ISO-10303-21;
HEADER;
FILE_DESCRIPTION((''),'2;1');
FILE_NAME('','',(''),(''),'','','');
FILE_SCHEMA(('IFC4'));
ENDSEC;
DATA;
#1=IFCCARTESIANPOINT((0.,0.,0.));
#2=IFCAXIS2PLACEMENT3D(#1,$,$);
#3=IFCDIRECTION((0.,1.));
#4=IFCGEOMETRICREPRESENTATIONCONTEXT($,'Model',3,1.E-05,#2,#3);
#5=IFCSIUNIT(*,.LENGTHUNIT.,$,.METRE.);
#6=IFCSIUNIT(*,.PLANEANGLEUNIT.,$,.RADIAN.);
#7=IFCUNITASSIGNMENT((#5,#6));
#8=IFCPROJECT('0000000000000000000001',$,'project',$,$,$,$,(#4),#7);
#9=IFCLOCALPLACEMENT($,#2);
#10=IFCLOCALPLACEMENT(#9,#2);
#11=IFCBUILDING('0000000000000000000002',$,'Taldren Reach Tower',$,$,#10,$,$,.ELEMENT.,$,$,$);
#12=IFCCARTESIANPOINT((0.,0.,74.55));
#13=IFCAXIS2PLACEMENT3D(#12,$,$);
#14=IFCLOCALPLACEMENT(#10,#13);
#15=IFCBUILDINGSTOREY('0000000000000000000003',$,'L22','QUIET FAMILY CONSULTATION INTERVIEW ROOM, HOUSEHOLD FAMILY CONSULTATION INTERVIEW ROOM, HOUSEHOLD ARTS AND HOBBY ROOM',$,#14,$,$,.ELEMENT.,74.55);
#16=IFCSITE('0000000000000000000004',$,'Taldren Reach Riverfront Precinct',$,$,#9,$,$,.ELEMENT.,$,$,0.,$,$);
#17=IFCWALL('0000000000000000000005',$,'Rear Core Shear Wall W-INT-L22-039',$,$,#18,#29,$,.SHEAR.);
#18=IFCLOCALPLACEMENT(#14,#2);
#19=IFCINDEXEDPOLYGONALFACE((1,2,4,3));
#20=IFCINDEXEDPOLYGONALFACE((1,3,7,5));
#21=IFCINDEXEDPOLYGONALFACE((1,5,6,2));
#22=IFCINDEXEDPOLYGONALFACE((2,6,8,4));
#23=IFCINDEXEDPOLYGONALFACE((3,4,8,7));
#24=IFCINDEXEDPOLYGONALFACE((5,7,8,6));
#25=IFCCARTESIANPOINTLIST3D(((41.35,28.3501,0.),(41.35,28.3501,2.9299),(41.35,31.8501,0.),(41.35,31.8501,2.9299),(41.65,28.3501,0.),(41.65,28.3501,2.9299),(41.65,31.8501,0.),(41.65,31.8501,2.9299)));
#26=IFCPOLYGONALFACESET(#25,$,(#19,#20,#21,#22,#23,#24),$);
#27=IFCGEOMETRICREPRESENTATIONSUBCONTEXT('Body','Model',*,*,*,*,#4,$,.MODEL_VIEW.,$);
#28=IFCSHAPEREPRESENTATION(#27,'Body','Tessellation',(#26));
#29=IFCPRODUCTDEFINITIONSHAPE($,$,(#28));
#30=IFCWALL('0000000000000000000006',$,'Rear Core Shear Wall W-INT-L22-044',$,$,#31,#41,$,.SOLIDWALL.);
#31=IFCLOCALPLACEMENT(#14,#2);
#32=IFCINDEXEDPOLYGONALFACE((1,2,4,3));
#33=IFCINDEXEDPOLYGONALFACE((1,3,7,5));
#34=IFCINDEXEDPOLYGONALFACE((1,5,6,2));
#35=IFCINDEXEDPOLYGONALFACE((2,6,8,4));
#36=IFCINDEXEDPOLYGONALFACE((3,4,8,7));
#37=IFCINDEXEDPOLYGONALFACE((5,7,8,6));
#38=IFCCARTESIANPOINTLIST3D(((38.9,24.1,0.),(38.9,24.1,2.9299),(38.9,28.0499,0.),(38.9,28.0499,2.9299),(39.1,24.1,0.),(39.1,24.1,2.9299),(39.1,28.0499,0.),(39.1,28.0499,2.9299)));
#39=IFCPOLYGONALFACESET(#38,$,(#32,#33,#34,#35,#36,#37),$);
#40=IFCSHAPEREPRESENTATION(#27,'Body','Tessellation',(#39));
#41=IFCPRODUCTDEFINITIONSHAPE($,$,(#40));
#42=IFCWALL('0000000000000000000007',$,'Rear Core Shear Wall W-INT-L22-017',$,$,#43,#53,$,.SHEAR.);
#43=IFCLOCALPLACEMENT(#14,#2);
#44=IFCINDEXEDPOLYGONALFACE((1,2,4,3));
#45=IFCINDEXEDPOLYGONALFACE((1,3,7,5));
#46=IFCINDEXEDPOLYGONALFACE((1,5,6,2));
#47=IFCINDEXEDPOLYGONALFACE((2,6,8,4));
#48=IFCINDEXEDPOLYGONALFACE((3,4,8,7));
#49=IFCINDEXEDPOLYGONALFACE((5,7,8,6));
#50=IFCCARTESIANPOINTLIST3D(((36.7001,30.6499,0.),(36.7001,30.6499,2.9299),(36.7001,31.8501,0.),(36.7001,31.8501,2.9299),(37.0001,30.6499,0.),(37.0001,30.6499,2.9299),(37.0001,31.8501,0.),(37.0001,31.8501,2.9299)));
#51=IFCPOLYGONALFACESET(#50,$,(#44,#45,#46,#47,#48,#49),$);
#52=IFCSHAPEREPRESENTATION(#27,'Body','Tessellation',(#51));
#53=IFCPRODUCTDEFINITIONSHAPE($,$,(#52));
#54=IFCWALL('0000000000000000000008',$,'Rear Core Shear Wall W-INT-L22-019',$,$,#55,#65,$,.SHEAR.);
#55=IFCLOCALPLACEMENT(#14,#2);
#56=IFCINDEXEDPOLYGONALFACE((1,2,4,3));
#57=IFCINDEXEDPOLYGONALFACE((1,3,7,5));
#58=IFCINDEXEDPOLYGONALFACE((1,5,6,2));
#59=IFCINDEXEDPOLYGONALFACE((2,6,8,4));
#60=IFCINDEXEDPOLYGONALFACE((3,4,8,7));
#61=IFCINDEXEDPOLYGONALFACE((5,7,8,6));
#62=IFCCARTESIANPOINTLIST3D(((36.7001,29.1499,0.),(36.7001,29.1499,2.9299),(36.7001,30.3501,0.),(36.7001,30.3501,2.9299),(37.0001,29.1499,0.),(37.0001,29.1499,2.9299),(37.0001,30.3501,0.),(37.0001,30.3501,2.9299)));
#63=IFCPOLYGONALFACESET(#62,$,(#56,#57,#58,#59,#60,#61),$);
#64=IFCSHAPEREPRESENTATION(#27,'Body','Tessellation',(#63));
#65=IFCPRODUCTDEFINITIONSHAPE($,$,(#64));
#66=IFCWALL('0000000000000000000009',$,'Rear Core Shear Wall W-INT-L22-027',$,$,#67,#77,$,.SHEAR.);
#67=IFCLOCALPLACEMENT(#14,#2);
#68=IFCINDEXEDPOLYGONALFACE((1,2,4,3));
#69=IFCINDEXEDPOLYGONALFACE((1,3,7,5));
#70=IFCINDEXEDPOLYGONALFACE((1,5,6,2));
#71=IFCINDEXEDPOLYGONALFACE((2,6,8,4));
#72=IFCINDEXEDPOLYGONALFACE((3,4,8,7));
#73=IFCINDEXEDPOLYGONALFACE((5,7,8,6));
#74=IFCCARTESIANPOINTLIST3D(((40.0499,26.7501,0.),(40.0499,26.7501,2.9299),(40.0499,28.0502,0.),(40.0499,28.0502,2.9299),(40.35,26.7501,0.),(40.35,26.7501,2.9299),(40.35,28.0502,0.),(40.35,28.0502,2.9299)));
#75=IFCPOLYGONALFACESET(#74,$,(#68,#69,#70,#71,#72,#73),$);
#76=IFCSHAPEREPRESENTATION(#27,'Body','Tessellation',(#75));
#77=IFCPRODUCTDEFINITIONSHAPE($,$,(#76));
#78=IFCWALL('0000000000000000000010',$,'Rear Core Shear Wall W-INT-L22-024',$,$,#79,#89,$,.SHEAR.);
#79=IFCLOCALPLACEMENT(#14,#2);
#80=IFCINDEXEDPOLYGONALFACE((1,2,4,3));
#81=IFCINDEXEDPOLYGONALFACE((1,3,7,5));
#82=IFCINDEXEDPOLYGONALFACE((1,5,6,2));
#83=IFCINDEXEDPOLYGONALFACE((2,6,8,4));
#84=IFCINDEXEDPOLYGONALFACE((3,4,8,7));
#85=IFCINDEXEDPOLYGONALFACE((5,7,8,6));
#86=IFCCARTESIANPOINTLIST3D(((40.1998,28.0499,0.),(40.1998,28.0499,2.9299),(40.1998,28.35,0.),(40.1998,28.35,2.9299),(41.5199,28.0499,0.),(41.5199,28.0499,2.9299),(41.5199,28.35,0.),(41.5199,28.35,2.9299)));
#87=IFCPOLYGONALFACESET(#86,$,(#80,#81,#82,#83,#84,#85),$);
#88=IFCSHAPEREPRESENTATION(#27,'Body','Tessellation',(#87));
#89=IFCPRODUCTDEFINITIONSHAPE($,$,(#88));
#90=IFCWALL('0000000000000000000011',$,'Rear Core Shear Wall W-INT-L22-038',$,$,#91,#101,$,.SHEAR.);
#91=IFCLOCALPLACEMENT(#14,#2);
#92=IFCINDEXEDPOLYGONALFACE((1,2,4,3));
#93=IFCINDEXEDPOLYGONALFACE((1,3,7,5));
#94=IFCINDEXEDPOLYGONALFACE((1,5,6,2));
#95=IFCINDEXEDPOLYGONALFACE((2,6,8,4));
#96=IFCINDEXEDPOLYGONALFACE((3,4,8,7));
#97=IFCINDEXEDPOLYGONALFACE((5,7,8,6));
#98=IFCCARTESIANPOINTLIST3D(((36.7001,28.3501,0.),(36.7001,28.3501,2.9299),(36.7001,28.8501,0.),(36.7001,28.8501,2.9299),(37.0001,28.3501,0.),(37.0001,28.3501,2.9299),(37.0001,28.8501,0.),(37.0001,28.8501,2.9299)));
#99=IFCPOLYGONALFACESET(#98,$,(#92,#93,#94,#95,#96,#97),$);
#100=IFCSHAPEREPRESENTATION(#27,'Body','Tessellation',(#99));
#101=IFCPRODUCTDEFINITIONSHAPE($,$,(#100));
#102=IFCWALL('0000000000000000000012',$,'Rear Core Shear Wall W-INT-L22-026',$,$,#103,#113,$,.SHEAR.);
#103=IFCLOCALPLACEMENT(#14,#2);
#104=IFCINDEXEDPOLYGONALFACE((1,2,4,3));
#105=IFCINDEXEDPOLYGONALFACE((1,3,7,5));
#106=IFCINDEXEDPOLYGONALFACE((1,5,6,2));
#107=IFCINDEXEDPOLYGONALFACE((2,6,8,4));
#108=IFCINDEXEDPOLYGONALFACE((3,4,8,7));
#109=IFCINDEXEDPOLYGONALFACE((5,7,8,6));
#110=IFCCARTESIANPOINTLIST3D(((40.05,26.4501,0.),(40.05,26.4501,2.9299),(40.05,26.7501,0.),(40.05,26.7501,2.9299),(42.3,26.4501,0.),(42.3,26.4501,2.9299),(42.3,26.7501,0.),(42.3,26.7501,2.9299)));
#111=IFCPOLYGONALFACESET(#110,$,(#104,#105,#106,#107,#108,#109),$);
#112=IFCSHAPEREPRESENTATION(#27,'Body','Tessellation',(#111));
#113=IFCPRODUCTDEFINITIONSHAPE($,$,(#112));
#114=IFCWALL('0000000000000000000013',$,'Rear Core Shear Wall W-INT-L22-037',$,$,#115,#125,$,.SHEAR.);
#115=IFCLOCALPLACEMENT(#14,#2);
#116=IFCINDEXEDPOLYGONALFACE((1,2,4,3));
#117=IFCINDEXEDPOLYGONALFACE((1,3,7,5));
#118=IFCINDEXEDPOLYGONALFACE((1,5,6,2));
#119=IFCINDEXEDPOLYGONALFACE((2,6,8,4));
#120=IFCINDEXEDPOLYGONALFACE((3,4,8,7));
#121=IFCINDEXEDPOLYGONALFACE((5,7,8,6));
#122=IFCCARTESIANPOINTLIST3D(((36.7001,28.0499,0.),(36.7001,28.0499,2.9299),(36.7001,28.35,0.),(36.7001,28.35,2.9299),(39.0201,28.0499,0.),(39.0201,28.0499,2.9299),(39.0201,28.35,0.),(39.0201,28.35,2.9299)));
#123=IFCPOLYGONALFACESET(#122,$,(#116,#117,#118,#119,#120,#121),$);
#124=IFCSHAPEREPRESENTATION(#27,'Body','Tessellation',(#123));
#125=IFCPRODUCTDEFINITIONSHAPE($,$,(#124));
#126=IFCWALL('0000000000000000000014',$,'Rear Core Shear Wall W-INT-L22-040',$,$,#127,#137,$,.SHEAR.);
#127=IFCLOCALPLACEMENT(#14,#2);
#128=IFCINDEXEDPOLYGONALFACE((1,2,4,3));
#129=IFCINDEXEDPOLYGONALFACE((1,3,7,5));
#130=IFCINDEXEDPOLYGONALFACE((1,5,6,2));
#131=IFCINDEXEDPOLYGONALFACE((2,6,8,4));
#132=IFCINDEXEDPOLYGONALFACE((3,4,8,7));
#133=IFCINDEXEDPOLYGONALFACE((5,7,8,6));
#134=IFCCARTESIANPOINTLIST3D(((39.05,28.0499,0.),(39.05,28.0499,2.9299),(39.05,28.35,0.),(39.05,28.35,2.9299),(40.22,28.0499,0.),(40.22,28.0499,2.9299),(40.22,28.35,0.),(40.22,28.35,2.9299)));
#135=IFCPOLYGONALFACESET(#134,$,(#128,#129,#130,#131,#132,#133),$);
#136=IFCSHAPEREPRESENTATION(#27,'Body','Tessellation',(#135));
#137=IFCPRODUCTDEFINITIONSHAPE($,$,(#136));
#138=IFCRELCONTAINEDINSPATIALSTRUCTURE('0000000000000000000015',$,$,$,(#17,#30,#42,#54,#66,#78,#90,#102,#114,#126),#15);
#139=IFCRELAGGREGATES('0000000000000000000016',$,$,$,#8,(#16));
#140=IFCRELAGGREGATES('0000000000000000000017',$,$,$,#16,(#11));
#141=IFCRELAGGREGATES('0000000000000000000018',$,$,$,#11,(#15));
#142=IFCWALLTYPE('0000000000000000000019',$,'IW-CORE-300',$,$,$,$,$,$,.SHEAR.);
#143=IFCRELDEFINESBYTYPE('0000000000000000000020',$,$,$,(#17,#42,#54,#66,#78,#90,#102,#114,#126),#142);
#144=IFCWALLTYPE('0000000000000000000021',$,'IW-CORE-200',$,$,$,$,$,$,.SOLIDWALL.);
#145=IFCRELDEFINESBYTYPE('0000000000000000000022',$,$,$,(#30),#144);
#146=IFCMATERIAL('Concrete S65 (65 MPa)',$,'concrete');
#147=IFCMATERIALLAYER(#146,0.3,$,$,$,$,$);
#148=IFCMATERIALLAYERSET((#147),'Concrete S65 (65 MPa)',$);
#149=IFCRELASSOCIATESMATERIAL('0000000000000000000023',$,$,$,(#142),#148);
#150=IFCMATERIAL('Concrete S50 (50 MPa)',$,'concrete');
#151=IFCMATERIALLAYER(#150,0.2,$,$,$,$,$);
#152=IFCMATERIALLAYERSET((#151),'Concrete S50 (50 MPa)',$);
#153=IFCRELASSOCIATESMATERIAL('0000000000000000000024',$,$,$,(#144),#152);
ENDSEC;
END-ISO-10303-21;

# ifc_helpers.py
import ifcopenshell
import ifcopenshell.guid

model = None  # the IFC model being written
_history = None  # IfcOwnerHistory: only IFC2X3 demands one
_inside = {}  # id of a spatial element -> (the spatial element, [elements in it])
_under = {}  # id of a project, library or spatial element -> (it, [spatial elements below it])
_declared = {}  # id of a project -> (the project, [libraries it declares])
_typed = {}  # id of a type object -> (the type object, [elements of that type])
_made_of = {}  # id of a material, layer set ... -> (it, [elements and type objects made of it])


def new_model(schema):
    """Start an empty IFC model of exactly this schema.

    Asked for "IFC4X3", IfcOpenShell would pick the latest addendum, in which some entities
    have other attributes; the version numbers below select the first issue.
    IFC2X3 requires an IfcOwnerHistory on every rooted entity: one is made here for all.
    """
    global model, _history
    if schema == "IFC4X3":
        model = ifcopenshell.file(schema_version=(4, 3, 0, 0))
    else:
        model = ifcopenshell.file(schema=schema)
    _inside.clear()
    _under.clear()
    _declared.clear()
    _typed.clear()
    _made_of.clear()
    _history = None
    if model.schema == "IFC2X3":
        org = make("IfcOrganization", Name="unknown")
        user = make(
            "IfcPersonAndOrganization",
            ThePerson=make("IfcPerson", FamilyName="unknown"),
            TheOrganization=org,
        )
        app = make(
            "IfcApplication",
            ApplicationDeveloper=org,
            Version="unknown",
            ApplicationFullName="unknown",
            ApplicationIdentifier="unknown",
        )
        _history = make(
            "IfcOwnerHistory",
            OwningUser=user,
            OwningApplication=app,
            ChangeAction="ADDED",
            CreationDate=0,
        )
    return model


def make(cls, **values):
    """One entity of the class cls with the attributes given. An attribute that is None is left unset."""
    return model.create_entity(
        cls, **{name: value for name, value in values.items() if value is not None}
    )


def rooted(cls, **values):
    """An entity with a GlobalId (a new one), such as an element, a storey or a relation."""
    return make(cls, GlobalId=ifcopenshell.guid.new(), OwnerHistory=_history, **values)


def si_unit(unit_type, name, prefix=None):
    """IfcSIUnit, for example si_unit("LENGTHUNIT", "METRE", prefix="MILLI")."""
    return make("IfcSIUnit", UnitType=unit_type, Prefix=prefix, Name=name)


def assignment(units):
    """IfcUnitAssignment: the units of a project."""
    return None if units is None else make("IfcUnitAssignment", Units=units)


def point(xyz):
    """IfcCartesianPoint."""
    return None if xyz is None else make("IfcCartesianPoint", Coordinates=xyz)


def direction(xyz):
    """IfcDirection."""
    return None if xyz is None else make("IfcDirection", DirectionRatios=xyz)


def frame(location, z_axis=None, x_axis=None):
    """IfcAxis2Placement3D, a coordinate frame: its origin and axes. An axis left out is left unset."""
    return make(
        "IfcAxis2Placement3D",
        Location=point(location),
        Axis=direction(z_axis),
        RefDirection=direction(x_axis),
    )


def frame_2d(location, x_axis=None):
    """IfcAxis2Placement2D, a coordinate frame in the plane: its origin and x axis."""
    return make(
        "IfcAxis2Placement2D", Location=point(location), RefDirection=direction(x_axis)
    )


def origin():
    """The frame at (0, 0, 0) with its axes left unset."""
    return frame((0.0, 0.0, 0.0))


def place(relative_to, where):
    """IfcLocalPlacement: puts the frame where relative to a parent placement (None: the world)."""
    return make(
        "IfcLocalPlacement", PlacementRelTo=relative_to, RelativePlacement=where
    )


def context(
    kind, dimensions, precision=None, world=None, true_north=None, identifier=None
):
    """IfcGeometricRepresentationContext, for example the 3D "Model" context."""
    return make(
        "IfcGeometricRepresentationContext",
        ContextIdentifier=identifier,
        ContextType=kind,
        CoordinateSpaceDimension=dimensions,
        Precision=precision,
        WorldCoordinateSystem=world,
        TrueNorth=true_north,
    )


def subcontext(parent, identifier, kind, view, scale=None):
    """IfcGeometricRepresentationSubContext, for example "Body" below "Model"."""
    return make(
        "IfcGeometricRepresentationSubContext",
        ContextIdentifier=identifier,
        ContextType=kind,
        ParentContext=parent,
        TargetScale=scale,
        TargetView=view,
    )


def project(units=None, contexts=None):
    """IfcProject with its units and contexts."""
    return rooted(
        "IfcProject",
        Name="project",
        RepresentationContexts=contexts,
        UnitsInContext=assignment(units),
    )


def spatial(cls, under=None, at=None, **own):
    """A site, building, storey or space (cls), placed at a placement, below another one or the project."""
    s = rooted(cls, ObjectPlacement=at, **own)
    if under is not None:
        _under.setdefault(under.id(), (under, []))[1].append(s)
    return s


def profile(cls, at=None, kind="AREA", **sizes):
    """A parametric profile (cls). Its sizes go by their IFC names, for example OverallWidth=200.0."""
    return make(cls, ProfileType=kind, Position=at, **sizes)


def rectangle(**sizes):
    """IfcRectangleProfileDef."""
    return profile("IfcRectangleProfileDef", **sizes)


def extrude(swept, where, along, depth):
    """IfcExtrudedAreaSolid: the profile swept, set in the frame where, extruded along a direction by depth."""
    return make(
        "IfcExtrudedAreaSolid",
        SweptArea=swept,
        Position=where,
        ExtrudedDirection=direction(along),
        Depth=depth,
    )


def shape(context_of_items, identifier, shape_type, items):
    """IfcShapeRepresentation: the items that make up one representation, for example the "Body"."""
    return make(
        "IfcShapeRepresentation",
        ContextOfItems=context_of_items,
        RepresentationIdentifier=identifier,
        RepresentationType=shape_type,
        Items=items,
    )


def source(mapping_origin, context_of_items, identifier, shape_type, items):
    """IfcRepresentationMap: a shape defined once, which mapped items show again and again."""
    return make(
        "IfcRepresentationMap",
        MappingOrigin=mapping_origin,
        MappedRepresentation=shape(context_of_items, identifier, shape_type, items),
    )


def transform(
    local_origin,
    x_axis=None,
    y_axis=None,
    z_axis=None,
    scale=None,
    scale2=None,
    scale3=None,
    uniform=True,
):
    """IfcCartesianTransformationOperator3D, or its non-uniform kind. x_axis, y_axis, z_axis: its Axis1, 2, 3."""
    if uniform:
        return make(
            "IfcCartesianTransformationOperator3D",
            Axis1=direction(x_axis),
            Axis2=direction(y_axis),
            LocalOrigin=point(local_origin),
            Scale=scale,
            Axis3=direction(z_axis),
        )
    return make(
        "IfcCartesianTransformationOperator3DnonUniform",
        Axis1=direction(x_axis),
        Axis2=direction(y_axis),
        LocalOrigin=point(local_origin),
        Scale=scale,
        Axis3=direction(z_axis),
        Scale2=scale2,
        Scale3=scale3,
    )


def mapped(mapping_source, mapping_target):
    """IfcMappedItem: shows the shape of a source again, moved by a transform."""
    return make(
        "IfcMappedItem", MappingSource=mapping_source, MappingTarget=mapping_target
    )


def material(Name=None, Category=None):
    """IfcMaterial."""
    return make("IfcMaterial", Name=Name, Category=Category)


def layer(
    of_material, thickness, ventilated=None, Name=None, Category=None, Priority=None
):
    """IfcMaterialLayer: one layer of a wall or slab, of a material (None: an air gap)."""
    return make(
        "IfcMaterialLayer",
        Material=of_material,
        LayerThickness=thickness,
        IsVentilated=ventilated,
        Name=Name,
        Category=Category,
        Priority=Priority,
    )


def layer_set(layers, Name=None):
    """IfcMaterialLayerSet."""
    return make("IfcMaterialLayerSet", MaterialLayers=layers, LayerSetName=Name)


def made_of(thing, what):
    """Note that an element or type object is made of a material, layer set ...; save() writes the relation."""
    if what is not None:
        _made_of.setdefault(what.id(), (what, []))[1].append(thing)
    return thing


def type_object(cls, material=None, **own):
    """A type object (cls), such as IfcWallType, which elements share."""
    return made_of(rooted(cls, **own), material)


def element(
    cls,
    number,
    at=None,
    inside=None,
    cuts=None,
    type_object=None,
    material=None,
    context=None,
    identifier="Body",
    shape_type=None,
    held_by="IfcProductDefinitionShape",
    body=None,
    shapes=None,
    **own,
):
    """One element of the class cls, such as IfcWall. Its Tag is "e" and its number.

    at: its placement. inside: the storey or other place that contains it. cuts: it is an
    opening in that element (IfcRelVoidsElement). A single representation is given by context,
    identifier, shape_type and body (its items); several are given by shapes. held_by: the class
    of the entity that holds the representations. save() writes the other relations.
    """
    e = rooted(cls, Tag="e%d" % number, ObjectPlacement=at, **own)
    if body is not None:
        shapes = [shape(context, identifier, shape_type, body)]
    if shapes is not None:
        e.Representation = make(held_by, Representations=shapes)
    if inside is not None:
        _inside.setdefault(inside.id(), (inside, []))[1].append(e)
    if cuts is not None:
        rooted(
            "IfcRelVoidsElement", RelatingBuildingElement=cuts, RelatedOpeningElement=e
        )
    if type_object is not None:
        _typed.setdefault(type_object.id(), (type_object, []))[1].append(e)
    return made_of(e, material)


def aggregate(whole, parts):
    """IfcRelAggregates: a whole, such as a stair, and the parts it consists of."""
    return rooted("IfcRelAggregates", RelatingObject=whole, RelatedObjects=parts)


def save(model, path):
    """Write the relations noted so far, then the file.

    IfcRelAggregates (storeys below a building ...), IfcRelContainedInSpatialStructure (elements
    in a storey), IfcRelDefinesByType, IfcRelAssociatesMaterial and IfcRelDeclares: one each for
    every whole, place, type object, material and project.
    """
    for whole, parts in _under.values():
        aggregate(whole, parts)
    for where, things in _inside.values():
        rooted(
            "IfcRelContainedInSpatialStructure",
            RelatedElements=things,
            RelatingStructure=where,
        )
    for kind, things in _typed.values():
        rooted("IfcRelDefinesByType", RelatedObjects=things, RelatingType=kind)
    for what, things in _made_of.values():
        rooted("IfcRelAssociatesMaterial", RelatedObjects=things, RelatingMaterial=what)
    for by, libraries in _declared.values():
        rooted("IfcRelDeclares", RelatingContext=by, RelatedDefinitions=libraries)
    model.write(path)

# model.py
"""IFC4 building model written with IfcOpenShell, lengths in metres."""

from ifc_helpers import new_model, si_unit, direction, frame, frame_2d, origin, place, context, subcontext, project, spatial, rectangle, extrude, source, transform, mapped, material, layer, layer_set, type_object, element, save


model = new_model("IFC4")

# Units and contexts
model_context = context("Model", 3, precision=1e-05, world=origin(), true_north=direction((0.0, 1.0)))
body_context = subcontext(model_context, "Body", "Model", "MODEL_VIEW")
ifc_project = project(units=[si_unit("LENGTHUNIT", "METRE"), si_unit("PLANEANGLEUNIT", "RADIAN")], contexts=[model_context])

# Site, building, storey
site_placement = place(None, origin())
site = spatial("IfcSite", under=ifc_project, at=site_placement, Name="Taldren Reach Riverfront Precinct", CompositionType="ELEMENT", RefElevation=0.0)
building_placement = place(site_placement, origin())
building = spatial("IfcBuilding", under=site, at=building_placement, Name="Taldren Reach Tower", CompositionType="ELEMENT")
storey_placement = place(building_placement, frame((0.0, 0.0, 74.55)))
storey = spatial("IfcBuildingStorey", under=building, at=storey_placement, Name="L22", Description="QUIET FAMILY CONSULTATION INTERVIEW ROOM, HOUSEHOLD FAMILY CONSULTATION INTERVIEW ROOM, HOUSEHOLD ARTS AND HOBBY ROOM", CompositionType="ELEMENT", Elevation=74.55)

# Shared definitions
ifc_material_1 = material(Name="Concrete S65 (65 MPa)", Category="concrete")

# Walls
ifc_layer_1 = layer(ifc_material_1, 0.3)
ifc_layer_set_1 = layer_set([ifc_layer_1], Name="Concrete S65 (65 MPa)")
wall_type_1 = type_object("IfcWallType", Name="IW-CORE-300", PredefinedType="SHEAR", material=ifc_layer_set_1)
shared_shape_1 = source(origin(), body_context, "Body", "SweptSolid", [
    extrude(rectangle(XDim=3.5, YDim=0.3, at=frame_2d((1.75, 0.0))), origin(), (0.0, 0.0, 1.0), 2.9299),
])
for number, where, z_axis, x_axis, name in (
    (1, (41.5, 28.3501, 0.0), (0.0, 0.0, 1.0), (0.0, 1.0, 0.0), "Rear Core Shear Wall W-INT-L22-039"),
):
    element("IfcWall", number, at=place(storey_placement, frame(where, z_axis=z_axis, x_axis=x_axis)), inside=storey, type_object=wall_type_1, Name=name, PredefinedType="SHEAR", context=body_context, shape_type="MappedRepresentation", body=[
        mapped(shared_shape_1, transform((0.0, 0.0, 0.0), scale=1.0)),
    ])
ifc_material_2 = material(Name="Concrete S50 (50 MPa)", Category="concrete")
ifc_layer_2 = layer(ifc_material_2, 0.2)
ifc_layer_set_2 = layer_set([ifc_layer_2], Name="Concrete S50 (50 MPa)")
wall_type_2 = type_object("IfcWallType", Name="IW-CORE-200", PredefinedType="SOLIDWALL", material=ifc_layer_set_2)
shared_shape_2 = source(origin(), body_context, "Body", "SweptSolid", [
    extrude(rectangle(XDim=3.95, YDim=0.2, at=frame_2d((1.9751, 0.0))), origin(), (0.0, 0.0, 1.0), 2.9299),
])
wall_1_placement = place(storey_placement, frame((39.0, 28.05, 0.0), z_axis=(0.0, 0.0, 1.0), x_axis=(0.0, -1.0, 0.0)))
element("IfcWall", 2, at=wall_1_placement, inside=storey, type_object=wall_type_2, Name="Rear Core Shear Wall W-INT-L22-044", PredefinedType="SOLIDWALL", context=body_context, shape_type="MappedRepresentation", body=[
    mapped(shared_shape_2, transform((0.0, 0.0, 0.0), scale=1.0)),
])
shared_shape_3 = source(origin(), body_context, "Body", "SweptSolid", [
    extrude(rectangle(XDim=1.2002, YDim=0.3, at=frame_2d((0.6001, 0.0))), origin(), (0.0, 0.0, 1.0), 2.9299),
])
for number, where, z_axis, x_axis, name in (
    (3, (36.8501, 30.6499, 0.0), (0.0, 0.0, 1.0), (0.0, 1.0, 0.0), "Rear Core Shear Wall W-INT-L22-017"),
    (4, (36.8501, 29.1499, 0.0), (0.0, 0.0, 1.0), (0.0, 1.0, 0.0), "Rear Core Shear Wall W-INT-L22-019"),
):
    element("IfcWall", number, at=place(storey_placement, frame(where, z_axis=z_axis, x_axis=x_axis)), inside=storey, type_object=wall_type_1, Name=name, PredefinedType="SHEAR", context=body_context, shape_type="MappedRepresentation", body=[
        mapped(shared_shape_3, transform((0.0, 0.0, 0.0), scale=1.0)),
    ])
shared_shape_4 = source(origin(), body_context, "Body", "SweptSolid", [
    extrude(rectangle(XDim=1.3, YDim=0.3, at=frame_2d((0.6499, 0.0))), origin(), (0.0, 0.0, 1.0), 2.9299),
])
wall_2_placement = place(storey_placement, frame((40.2, 28.05, 0.0), z_axis=(0.0, 0.0, 1.0), x_axis=(0.0, -1.0, 0.0)))
element("IfcWall", 5, at=wall_2_placement, inside=storey, type_object=wall_type_1, Name="Rear Core Shear Wall W-INT-L22-027", PredefinedType="SHEAR", context=body_context, shape_type="MappedRepresentation", body=[
    mapped(shared_shape_4, transform((0.0, 0.0, 0.0), scale=1.0)),
])
shared_shape_5 = source(origin(), body_context, "Body", "SweptSolid", [
    extrude(rectangle(XDim=1.3201, YDim=0.3, at=frame_2d((0.6602, 0.0))), origin(), (0.0, 0.0, 1.0), 2.9299),
])
wall_3_placement = place(storey_placement, frame((41.52, 28.2, 0.0), z_axis=(0.0, 0.0, 1.0), x_axis=(-1.0, 0.0, 0.0)))
element("IfcWall", 6, at=wall_3_placement, inside=storey, type_object=wall_type_1, Name="Rear Core Shear Wall W-INT-L22-024", PredefinedType="SHEAR", context=body_context, shape_type="MappedRepresentation", body=[
    mapped(shared_shape_5, transform((0.0, 0.0, 0.0), scale=1.0)),
])
shared_shape_6 = source(origin(), body_context, "Body", "SweptSolid", [
    extrude(rectangle(XDim=0.5, YDim=0.3, at=frame_2d((0.25, 0.0))), origin(), (0.0, 0.0, 1.0), 2.9299),
])
wall_4_placement = place(storey_placement, frame((36.8501, 28.8501, 0.0), z_axis=(0.0, 0.0, 1.0), x_axis=(0.0, -1.0, 0.0)))
element("IfcWall", 7, at=wall_4_placement, inside=storey, type_object=wall_type_1, Name="Rear Core Shear Wall W-INT-L22-038", PredefinedType="SHEAR", context=body_context, shape_type="MappedRepresentation", body=[
    mapped(shared_shape_6, transform((0.0, 0.0, 0.0), scale=1.0)),
])
shared_shape_7 = source(origin(), body_context, "Body", "SweptSolid", [
    extrude(rectangle(XDim=2.25, YDim=0.3, at=frame_2d((1.125, 0.0))), origin(), (0.0, 0.0, 1.0), 2.9299),
])
wall_5_placement = place(storey_placement, frame((40.05, 26.6001, 0.0), z_axis=(0.0, 0.0, 1.0), x_axis=(1.0, 0.0, 0.0)))
element("IfcWall", 8, at=wall_5_placement, inside=storey, type_object=wall_type_1, Name="Rear Core Shear Wall W-INT-L22-026", PredefinedType="SHEAR", context=body_context, shape_type="MappedRepresentation", body=[
    mapped(shared_shape_7, transform((0.0, 0.0, 0.0), scale=1.0)),
])
shared_shape_8 = source(origin(), body_context, "Body", "SweptSolid", [
    extrude(rectangle(XDim=2.3201, YDim=0.3, at=frame_2d((1.1602, 0.0))), origin(), (0.0, 0.0, 1.0), 2.9299),
])
wall_6_placement = place(storey_placement, frame((36.7, 28.2, 0.0), z_axis=(0.0, 0.0, 1.0), x_axis=(1.0, 0.0, 0.0)))
element("IfcWall", 9, at=wall_6_placement, inside=storey, type_object=wall_type_1, Name="Rear Core Shear Wall W-INT-L22-037", PredefinedType="SHEAR", context=body_context, shape_type="MappedRepresentation", body=[
    mapped(shared_shape_8, transform((0.0, 0.0, 0.0), scale=1.0)),
])
shared_shape_9 = source(origin(), body_context, "Body", "SweptSolid", [
    extrude(rectangle(XDim=1.1699, YDim=0.3, at=frame_2d((0.585, 0.0))), origin(), (0.0, 0.0, 1.0), 2.9299),
])
wall_7_placement = place(storey_placement, frame((39.05, 28.2, 0.0), z_axis=(0.0, 0.0, 1.0), x_axis=(1.0, 0.0, 0.0)))
element("IfcWall", 10, at=wall_7_placement, inside=storey, type_object=wall_type_1, Name="Rear Core Shear Wall W-INT-L22-040", PredefinedType="SHEAR", context=body_context, shape_type="MappedRepresentation", body=[
    mapped(shared_shape_9, transform((0.0, 0.0, 0.0), scale=1.0)),
])

save(model, "model.ifc")
